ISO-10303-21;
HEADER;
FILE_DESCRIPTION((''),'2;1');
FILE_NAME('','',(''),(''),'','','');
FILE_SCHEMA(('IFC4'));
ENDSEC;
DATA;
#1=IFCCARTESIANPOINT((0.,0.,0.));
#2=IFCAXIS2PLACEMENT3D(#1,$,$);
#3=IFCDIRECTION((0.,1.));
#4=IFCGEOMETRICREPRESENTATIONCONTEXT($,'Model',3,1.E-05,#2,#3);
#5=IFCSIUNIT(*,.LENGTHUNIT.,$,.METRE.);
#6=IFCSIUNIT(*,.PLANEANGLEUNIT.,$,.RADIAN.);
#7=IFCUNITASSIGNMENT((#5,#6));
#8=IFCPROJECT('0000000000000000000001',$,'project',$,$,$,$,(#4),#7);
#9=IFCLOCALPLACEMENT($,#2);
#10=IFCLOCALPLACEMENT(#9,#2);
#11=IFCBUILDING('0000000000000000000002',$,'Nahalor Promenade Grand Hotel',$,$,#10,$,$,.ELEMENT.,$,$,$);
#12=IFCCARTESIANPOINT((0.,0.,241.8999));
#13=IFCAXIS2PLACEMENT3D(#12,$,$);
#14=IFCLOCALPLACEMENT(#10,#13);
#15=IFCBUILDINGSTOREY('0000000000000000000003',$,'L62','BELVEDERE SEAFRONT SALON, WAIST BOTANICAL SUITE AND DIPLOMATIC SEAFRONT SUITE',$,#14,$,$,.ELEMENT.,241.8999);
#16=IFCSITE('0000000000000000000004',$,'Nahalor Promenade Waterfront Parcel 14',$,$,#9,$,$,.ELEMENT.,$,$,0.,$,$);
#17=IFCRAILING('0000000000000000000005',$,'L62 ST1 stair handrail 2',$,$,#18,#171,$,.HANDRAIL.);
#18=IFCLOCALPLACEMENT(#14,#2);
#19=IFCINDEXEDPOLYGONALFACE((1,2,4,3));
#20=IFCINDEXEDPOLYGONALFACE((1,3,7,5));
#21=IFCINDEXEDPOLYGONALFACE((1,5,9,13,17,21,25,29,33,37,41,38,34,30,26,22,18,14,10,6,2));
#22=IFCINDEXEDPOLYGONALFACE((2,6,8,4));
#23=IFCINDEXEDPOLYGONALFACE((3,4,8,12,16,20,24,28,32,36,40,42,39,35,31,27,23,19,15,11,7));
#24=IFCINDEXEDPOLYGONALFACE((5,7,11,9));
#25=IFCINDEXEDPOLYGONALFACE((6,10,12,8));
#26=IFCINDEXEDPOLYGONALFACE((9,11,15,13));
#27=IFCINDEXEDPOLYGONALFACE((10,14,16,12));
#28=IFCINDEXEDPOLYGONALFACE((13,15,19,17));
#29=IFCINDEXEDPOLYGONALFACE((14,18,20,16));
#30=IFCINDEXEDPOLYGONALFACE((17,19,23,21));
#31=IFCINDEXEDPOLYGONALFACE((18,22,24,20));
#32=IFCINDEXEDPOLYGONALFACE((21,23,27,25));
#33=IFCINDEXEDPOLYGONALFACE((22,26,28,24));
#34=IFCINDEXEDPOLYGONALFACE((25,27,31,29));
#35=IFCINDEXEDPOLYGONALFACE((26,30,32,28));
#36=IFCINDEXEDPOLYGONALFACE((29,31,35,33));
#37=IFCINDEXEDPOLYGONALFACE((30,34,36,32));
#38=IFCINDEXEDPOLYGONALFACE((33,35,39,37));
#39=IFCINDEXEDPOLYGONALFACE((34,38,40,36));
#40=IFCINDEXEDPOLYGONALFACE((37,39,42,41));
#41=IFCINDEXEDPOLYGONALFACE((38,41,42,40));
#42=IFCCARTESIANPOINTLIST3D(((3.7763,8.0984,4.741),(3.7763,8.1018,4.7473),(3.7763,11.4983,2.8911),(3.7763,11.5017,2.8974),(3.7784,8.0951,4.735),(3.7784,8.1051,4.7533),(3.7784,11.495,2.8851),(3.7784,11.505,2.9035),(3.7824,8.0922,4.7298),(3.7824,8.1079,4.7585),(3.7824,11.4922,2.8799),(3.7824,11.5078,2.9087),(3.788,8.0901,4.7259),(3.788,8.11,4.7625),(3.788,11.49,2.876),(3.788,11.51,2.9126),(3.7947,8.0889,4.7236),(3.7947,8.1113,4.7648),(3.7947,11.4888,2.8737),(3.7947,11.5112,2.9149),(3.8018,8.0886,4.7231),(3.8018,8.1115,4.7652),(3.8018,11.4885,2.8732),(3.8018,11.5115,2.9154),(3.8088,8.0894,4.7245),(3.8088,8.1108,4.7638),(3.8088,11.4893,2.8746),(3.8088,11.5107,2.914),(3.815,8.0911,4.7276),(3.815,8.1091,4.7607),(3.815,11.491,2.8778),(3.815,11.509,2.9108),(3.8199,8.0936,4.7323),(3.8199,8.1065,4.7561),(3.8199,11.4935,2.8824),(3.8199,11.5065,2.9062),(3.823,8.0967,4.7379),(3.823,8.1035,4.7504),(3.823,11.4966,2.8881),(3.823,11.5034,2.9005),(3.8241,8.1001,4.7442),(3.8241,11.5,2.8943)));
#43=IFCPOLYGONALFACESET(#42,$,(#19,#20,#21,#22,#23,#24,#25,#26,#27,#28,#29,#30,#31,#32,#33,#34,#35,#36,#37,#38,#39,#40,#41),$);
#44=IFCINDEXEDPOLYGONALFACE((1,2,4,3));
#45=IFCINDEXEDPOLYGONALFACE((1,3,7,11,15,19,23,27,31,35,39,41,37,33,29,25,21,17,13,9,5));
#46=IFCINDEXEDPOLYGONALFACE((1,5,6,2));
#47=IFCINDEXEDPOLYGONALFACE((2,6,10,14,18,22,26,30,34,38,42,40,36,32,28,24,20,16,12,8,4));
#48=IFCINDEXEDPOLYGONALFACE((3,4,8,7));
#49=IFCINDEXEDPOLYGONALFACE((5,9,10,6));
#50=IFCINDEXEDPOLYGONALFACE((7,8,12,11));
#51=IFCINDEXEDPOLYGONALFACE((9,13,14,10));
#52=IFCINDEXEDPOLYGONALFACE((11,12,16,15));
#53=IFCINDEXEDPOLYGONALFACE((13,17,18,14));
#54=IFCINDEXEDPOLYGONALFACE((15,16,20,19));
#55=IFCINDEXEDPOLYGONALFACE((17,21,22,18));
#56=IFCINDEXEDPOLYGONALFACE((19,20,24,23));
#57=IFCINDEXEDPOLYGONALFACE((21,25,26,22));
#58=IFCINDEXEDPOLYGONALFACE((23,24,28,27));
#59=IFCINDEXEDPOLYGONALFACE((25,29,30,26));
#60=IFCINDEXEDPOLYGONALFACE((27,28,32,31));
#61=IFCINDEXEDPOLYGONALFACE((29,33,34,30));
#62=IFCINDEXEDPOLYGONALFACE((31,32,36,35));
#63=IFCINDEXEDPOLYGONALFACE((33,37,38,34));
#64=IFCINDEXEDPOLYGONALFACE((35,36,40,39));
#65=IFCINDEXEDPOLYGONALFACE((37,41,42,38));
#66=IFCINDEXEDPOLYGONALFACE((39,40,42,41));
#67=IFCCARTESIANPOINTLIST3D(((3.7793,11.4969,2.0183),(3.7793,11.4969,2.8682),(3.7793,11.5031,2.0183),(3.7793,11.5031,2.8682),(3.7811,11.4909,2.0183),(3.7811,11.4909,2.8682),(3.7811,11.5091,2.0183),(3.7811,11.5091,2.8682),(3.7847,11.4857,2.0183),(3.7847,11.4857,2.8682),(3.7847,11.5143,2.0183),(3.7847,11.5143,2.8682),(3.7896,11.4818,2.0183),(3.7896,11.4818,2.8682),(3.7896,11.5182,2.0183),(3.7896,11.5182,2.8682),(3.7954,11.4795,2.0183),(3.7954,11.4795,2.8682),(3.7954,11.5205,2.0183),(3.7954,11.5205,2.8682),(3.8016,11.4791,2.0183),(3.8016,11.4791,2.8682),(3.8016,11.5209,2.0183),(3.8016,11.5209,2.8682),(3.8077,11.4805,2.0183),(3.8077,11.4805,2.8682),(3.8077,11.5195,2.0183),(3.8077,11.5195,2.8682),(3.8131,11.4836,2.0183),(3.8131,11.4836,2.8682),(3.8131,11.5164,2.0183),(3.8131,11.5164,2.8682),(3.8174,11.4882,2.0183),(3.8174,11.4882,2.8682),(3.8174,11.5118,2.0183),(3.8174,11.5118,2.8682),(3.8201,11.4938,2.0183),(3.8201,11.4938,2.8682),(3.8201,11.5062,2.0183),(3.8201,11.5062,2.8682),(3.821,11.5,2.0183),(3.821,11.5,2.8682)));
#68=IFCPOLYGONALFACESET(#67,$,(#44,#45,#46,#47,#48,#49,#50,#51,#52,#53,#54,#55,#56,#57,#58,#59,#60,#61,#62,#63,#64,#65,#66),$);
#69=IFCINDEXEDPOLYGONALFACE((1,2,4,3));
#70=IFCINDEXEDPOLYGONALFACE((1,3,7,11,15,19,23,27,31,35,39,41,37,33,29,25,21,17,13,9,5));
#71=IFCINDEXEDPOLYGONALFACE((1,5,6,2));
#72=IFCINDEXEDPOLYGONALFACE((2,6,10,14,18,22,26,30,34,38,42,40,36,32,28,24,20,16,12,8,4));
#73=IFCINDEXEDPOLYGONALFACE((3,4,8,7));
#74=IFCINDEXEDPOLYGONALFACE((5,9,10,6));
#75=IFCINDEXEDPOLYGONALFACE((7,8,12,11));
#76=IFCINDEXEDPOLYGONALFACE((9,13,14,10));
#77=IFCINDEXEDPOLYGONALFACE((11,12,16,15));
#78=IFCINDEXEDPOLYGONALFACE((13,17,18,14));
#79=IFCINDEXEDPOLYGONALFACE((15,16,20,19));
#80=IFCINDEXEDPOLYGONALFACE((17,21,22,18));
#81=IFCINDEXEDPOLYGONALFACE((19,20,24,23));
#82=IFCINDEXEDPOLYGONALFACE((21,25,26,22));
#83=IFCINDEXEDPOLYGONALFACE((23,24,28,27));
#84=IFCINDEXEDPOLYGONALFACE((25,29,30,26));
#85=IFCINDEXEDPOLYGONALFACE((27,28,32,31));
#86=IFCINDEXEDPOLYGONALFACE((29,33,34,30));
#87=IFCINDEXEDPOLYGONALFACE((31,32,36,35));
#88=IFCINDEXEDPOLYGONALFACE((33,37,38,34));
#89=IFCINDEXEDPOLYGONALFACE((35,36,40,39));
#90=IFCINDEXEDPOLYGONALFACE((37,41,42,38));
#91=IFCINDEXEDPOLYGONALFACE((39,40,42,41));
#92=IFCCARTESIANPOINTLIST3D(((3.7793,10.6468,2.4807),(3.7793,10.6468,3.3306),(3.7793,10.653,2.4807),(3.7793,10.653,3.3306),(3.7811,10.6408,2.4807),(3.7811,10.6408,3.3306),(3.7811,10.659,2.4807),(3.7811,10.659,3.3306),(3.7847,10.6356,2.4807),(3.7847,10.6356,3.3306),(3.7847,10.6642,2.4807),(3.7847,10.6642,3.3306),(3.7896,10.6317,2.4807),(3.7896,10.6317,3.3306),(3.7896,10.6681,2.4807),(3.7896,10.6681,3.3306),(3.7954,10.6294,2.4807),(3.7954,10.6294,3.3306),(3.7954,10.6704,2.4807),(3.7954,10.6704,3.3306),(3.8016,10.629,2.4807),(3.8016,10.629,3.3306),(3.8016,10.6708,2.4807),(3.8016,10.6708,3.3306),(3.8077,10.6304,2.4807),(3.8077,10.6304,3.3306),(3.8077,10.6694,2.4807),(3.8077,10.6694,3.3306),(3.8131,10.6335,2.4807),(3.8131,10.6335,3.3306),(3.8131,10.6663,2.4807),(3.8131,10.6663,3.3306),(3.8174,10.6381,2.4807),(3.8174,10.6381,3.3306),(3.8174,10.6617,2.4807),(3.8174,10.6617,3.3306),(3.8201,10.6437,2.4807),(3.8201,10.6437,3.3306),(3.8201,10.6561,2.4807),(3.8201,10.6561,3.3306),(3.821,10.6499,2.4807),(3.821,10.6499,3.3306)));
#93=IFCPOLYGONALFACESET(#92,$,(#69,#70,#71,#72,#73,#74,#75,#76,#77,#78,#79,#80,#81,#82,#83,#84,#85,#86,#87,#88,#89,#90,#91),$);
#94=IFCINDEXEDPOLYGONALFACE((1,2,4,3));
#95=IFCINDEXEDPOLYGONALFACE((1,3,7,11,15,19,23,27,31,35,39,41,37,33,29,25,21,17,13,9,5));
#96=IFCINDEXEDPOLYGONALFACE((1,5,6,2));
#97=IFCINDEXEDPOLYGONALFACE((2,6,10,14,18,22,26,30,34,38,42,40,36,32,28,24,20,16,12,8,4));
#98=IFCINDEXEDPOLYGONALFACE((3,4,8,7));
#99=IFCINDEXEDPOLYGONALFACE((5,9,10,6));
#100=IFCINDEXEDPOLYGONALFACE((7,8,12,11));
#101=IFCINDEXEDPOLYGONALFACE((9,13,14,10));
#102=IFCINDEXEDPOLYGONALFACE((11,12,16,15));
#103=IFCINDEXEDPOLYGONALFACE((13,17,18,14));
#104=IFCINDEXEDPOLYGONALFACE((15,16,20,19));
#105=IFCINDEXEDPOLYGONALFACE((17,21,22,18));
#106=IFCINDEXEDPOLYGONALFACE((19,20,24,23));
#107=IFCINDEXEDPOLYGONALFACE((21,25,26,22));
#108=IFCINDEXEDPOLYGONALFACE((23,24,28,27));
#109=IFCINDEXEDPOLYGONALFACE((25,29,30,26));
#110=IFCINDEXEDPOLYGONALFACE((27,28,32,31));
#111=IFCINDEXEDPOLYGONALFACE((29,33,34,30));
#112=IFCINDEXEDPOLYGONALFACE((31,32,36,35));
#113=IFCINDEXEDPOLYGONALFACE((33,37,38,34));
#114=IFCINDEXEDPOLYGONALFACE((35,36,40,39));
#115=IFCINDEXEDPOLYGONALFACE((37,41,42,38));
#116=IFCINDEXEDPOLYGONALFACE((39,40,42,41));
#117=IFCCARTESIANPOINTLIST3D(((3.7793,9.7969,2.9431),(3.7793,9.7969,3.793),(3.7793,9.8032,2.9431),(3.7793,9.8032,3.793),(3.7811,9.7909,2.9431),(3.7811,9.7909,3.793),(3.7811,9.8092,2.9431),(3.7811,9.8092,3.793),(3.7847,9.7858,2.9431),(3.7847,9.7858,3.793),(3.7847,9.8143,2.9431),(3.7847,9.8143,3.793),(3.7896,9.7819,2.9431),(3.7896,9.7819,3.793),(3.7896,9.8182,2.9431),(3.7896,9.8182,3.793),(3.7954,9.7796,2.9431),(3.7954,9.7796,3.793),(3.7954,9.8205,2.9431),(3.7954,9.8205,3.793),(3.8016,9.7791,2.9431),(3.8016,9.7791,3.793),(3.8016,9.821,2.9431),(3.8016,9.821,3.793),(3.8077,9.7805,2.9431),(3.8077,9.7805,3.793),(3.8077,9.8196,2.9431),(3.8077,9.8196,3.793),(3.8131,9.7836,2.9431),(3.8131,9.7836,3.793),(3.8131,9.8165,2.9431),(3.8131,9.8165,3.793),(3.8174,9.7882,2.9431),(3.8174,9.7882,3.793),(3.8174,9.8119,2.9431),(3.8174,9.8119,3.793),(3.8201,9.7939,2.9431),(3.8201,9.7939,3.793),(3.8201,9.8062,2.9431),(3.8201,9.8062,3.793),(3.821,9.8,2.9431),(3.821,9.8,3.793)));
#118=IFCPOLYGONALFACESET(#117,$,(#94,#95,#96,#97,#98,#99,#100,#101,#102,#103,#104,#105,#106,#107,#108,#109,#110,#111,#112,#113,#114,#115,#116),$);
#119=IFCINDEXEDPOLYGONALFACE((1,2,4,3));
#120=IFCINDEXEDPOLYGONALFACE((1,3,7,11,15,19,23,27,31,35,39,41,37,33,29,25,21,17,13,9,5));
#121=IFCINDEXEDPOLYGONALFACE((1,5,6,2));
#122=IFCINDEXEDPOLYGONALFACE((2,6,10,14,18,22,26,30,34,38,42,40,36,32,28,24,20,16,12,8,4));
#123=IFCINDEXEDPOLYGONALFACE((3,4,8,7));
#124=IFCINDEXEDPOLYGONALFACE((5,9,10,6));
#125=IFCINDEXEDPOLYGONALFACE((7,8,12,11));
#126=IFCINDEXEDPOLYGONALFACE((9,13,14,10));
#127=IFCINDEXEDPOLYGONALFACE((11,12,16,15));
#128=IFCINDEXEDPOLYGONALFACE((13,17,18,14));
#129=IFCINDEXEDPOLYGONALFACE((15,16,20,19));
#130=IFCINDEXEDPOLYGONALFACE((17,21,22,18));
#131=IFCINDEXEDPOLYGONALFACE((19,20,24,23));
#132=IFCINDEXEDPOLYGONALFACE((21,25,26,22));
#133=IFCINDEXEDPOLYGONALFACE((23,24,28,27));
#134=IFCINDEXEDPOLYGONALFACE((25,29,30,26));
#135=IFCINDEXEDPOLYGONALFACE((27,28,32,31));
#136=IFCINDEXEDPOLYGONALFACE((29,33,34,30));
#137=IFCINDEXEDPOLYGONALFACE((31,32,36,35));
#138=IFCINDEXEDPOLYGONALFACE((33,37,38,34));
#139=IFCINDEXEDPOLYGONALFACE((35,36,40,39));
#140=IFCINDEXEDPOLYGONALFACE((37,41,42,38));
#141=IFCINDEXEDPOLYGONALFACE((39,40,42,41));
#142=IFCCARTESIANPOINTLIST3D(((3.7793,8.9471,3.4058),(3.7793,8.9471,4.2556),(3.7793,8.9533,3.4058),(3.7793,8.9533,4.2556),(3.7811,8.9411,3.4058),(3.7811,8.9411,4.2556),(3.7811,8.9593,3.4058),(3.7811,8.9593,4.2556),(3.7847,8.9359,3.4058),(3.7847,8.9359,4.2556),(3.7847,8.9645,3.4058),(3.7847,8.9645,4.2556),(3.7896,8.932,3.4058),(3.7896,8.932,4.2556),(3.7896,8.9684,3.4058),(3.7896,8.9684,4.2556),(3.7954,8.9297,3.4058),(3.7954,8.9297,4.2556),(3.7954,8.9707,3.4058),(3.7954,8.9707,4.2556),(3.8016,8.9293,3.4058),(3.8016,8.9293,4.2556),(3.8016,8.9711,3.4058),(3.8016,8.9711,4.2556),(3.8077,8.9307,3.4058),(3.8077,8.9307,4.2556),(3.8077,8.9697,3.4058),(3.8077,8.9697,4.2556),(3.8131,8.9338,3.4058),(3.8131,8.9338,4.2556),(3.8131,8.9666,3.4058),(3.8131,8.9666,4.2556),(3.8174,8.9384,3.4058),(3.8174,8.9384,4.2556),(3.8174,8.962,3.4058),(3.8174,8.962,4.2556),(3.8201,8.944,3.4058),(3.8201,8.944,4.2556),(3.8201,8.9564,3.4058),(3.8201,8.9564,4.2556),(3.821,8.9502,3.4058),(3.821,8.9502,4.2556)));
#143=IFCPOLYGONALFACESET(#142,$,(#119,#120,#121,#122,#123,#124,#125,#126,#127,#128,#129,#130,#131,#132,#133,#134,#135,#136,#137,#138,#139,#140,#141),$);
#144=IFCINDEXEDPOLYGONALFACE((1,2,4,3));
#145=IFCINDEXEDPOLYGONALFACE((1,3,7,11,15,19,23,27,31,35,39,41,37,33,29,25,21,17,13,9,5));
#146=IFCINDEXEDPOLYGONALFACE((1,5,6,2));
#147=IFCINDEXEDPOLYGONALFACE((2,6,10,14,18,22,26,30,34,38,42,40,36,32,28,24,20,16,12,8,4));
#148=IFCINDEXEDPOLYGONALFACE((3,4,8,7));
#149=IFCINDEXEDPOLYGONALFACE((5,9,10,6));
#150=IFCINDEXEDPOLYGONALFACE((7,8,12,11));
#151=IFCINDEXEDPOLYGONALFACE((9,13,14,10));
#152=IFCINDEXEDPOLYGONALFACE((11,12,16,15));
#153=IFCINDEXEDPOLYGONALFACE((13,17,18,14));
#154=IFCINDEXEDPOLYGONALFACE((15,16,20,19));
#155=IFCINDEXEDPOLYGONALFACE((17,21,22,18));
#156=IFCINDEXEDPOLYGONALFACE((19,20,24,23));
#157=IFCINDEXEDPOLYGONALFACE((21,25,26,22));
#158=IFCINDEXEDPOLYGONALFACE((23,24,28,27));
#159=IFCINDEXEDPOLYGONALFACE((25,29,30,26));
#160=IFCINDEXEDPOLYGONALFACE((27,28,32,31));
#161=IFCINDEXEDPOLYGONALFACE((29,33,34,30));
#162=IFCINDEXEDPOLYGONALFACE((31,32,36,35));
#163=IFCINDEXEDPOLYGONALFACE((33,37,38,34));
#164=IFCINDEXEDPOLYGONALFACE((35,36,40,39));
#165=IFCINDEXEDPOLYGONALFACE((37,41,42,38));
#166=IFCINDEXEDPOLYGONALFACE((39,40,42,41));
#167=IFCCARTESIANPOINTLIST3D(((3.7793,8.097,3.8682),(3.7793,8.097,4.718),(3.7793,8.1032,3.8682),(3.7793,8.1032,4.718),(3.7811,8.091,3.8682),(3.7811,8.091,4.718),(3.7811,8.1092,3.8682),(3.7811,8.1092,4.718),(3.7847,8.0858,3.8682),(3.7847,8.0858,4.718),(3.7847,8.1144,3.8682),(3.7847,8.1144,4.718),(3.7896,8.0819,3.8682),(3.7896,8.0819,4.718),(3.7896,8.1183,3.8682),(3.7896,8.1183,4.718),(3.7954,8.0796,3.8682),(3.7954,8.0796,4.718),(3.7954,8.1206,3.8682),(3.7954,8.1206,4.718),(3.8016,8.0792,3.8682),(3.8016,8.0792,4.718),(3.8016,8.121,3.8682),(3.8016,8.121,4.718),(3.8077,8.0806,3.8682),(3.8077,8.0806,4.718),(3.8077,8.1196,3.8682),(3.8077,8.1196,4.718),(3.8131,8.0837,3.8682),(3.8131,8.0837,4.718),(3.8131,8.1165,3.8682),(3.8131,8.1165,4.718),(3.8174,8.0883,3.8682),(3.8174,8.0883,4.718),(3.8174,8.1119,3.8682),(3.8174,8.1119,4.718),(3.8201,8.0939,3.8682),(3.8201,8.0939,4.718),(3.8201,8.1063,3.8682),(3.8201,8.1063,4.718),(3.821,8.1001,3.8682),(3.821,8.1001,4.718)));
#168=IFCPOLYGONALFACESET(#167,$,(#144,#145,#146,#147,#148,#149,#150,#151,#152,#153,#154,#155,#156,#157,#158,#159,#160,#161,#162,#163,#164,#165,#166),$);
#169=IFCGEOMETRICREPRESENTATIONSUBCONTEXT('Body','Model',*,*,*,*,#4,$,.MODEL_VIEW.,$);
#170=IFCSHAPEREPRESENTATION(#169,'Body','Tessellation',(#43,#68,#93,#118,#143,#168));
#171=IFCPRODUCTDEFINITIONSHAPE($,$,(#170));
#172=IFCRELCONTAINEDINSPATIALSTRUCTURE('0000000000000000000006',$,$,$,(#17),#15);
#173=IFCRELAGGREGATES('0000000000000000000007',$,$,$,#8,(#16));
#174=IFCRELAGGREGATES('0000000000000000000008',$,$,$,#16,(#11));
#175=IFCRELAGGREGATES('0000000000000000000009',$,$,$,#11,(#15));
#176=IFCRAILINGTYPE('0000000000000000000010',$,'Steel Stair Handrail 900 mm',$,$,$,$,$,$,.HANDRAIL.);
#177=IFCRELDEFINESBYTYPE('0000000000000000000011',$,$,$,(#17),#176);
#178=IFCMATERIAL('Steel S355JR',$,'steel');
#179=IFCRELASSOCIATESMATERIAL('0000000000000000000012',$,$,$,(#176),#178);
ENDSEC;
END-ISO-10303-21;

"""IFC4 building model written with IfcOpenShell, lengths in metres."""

from ifc_helpers import new_model, si_unit, direction, frame, origin, origin_2d, place, context, subcontext, project, spatial, circle, extrude, material, type_object, element, save


model = new_model("IFC4")

# Units and contexts
model_context = context("Model", 3, precision=1e-05, world=origin(), true_north=direction((0.0, 1.0)))
body_context = subcontext(model_context, "Body", "Model", "MODEL_VIEW")
ifc_project = project(units=[si_unit("LENGTHUNIT", "METRE"), si_unit("PLANEANGLEUNIT", "RADIAN")], contexts=[model_context])

# Site, building, storey
site_placement = place(None, origin())
site = spatial("IfcSite", under=ifc_project, at=site_placement, Name="Nahalor Promenade Waterfront Parcel 14", CompositionType="ELEMENT", RefElevation=0.0)
building_placement = place(site_placement, origin())
building = spatial("IfcBuilding", under=site, at=building_placement, Name="Nahalor Promenade Grand Hotel", CompositionType="ELEMENT")
storey_placement = place(building_placement, frame((0.0, 0.0, 241.8999)))
storey = spatial("IfcBuildingStorey", under=building, at=storey_placement, Name="L62", Description="BELVEDERE SEAFRONT SALON, WAIST BOTANICAL SUITE AND DIPLOMATIC SEAFRONT SUITE", CompositionType="ELEMENT", Elevation=241.8999)

# Shared definitions
ifc_material_1 = material(Name="Steel S355JR", Category="steel")

# Railing
railing_type_1 = type_object("IfcRailingType", Name="Steel Stair Handrail 900 mm", PredefinedType="HANDRAIL", material=ifc_material_1)
railing_1_placement = place(storey_placement, frame((3.8, 11.5, 2.0183)))
element("IfcRailing", 1, at=railing_1_placement, inside=storey, type_object=railing_type_1, Name="L62 ST1 stair handrail 2", PredefinedType="HANDRAIL", context=body_context, shape_type="SweptSolid", body=[
    extrude(circle(Radius=0.024, at=origin_2d()), frame((0.0, 0.0, 0.876), z_axis=(0.0, -0.878399, 0.477928), x_axis=(1.0, 0.0, 0.0)), (0.0, 0.0, 1.0), 3.8706),
    extrude(circle(Radius=0.021, at=origin_2d()), origin(), (0.0, 0.0, 1.0), 0.8499),
    extrude(circle(Radius=0.021, at=origin_2d()), frame((0.0, -0.8501, 0.4624)), (0.0, 0.0, 1.0), 0.8499),
    extrude(circle(Radius=0.021, at=origin_2d()), frame((0.0, -1.7, 0.9248)), (0.0, 0.0, 1.0), 0.8499),
    extrude(circle(Radius=0.021, at=origin_2d()), frame((0.0, -2.5498, 1.3875)), (0.0, 0.0, 1.0), 0.8499),
    extrude(circle(Radius=0.021, at=origin_2d()), frame((0.0, -3.3999, 1.8499)), (0.0, 0.0, 1.0), 0.8499),
])

save(model, "model.ifc")
